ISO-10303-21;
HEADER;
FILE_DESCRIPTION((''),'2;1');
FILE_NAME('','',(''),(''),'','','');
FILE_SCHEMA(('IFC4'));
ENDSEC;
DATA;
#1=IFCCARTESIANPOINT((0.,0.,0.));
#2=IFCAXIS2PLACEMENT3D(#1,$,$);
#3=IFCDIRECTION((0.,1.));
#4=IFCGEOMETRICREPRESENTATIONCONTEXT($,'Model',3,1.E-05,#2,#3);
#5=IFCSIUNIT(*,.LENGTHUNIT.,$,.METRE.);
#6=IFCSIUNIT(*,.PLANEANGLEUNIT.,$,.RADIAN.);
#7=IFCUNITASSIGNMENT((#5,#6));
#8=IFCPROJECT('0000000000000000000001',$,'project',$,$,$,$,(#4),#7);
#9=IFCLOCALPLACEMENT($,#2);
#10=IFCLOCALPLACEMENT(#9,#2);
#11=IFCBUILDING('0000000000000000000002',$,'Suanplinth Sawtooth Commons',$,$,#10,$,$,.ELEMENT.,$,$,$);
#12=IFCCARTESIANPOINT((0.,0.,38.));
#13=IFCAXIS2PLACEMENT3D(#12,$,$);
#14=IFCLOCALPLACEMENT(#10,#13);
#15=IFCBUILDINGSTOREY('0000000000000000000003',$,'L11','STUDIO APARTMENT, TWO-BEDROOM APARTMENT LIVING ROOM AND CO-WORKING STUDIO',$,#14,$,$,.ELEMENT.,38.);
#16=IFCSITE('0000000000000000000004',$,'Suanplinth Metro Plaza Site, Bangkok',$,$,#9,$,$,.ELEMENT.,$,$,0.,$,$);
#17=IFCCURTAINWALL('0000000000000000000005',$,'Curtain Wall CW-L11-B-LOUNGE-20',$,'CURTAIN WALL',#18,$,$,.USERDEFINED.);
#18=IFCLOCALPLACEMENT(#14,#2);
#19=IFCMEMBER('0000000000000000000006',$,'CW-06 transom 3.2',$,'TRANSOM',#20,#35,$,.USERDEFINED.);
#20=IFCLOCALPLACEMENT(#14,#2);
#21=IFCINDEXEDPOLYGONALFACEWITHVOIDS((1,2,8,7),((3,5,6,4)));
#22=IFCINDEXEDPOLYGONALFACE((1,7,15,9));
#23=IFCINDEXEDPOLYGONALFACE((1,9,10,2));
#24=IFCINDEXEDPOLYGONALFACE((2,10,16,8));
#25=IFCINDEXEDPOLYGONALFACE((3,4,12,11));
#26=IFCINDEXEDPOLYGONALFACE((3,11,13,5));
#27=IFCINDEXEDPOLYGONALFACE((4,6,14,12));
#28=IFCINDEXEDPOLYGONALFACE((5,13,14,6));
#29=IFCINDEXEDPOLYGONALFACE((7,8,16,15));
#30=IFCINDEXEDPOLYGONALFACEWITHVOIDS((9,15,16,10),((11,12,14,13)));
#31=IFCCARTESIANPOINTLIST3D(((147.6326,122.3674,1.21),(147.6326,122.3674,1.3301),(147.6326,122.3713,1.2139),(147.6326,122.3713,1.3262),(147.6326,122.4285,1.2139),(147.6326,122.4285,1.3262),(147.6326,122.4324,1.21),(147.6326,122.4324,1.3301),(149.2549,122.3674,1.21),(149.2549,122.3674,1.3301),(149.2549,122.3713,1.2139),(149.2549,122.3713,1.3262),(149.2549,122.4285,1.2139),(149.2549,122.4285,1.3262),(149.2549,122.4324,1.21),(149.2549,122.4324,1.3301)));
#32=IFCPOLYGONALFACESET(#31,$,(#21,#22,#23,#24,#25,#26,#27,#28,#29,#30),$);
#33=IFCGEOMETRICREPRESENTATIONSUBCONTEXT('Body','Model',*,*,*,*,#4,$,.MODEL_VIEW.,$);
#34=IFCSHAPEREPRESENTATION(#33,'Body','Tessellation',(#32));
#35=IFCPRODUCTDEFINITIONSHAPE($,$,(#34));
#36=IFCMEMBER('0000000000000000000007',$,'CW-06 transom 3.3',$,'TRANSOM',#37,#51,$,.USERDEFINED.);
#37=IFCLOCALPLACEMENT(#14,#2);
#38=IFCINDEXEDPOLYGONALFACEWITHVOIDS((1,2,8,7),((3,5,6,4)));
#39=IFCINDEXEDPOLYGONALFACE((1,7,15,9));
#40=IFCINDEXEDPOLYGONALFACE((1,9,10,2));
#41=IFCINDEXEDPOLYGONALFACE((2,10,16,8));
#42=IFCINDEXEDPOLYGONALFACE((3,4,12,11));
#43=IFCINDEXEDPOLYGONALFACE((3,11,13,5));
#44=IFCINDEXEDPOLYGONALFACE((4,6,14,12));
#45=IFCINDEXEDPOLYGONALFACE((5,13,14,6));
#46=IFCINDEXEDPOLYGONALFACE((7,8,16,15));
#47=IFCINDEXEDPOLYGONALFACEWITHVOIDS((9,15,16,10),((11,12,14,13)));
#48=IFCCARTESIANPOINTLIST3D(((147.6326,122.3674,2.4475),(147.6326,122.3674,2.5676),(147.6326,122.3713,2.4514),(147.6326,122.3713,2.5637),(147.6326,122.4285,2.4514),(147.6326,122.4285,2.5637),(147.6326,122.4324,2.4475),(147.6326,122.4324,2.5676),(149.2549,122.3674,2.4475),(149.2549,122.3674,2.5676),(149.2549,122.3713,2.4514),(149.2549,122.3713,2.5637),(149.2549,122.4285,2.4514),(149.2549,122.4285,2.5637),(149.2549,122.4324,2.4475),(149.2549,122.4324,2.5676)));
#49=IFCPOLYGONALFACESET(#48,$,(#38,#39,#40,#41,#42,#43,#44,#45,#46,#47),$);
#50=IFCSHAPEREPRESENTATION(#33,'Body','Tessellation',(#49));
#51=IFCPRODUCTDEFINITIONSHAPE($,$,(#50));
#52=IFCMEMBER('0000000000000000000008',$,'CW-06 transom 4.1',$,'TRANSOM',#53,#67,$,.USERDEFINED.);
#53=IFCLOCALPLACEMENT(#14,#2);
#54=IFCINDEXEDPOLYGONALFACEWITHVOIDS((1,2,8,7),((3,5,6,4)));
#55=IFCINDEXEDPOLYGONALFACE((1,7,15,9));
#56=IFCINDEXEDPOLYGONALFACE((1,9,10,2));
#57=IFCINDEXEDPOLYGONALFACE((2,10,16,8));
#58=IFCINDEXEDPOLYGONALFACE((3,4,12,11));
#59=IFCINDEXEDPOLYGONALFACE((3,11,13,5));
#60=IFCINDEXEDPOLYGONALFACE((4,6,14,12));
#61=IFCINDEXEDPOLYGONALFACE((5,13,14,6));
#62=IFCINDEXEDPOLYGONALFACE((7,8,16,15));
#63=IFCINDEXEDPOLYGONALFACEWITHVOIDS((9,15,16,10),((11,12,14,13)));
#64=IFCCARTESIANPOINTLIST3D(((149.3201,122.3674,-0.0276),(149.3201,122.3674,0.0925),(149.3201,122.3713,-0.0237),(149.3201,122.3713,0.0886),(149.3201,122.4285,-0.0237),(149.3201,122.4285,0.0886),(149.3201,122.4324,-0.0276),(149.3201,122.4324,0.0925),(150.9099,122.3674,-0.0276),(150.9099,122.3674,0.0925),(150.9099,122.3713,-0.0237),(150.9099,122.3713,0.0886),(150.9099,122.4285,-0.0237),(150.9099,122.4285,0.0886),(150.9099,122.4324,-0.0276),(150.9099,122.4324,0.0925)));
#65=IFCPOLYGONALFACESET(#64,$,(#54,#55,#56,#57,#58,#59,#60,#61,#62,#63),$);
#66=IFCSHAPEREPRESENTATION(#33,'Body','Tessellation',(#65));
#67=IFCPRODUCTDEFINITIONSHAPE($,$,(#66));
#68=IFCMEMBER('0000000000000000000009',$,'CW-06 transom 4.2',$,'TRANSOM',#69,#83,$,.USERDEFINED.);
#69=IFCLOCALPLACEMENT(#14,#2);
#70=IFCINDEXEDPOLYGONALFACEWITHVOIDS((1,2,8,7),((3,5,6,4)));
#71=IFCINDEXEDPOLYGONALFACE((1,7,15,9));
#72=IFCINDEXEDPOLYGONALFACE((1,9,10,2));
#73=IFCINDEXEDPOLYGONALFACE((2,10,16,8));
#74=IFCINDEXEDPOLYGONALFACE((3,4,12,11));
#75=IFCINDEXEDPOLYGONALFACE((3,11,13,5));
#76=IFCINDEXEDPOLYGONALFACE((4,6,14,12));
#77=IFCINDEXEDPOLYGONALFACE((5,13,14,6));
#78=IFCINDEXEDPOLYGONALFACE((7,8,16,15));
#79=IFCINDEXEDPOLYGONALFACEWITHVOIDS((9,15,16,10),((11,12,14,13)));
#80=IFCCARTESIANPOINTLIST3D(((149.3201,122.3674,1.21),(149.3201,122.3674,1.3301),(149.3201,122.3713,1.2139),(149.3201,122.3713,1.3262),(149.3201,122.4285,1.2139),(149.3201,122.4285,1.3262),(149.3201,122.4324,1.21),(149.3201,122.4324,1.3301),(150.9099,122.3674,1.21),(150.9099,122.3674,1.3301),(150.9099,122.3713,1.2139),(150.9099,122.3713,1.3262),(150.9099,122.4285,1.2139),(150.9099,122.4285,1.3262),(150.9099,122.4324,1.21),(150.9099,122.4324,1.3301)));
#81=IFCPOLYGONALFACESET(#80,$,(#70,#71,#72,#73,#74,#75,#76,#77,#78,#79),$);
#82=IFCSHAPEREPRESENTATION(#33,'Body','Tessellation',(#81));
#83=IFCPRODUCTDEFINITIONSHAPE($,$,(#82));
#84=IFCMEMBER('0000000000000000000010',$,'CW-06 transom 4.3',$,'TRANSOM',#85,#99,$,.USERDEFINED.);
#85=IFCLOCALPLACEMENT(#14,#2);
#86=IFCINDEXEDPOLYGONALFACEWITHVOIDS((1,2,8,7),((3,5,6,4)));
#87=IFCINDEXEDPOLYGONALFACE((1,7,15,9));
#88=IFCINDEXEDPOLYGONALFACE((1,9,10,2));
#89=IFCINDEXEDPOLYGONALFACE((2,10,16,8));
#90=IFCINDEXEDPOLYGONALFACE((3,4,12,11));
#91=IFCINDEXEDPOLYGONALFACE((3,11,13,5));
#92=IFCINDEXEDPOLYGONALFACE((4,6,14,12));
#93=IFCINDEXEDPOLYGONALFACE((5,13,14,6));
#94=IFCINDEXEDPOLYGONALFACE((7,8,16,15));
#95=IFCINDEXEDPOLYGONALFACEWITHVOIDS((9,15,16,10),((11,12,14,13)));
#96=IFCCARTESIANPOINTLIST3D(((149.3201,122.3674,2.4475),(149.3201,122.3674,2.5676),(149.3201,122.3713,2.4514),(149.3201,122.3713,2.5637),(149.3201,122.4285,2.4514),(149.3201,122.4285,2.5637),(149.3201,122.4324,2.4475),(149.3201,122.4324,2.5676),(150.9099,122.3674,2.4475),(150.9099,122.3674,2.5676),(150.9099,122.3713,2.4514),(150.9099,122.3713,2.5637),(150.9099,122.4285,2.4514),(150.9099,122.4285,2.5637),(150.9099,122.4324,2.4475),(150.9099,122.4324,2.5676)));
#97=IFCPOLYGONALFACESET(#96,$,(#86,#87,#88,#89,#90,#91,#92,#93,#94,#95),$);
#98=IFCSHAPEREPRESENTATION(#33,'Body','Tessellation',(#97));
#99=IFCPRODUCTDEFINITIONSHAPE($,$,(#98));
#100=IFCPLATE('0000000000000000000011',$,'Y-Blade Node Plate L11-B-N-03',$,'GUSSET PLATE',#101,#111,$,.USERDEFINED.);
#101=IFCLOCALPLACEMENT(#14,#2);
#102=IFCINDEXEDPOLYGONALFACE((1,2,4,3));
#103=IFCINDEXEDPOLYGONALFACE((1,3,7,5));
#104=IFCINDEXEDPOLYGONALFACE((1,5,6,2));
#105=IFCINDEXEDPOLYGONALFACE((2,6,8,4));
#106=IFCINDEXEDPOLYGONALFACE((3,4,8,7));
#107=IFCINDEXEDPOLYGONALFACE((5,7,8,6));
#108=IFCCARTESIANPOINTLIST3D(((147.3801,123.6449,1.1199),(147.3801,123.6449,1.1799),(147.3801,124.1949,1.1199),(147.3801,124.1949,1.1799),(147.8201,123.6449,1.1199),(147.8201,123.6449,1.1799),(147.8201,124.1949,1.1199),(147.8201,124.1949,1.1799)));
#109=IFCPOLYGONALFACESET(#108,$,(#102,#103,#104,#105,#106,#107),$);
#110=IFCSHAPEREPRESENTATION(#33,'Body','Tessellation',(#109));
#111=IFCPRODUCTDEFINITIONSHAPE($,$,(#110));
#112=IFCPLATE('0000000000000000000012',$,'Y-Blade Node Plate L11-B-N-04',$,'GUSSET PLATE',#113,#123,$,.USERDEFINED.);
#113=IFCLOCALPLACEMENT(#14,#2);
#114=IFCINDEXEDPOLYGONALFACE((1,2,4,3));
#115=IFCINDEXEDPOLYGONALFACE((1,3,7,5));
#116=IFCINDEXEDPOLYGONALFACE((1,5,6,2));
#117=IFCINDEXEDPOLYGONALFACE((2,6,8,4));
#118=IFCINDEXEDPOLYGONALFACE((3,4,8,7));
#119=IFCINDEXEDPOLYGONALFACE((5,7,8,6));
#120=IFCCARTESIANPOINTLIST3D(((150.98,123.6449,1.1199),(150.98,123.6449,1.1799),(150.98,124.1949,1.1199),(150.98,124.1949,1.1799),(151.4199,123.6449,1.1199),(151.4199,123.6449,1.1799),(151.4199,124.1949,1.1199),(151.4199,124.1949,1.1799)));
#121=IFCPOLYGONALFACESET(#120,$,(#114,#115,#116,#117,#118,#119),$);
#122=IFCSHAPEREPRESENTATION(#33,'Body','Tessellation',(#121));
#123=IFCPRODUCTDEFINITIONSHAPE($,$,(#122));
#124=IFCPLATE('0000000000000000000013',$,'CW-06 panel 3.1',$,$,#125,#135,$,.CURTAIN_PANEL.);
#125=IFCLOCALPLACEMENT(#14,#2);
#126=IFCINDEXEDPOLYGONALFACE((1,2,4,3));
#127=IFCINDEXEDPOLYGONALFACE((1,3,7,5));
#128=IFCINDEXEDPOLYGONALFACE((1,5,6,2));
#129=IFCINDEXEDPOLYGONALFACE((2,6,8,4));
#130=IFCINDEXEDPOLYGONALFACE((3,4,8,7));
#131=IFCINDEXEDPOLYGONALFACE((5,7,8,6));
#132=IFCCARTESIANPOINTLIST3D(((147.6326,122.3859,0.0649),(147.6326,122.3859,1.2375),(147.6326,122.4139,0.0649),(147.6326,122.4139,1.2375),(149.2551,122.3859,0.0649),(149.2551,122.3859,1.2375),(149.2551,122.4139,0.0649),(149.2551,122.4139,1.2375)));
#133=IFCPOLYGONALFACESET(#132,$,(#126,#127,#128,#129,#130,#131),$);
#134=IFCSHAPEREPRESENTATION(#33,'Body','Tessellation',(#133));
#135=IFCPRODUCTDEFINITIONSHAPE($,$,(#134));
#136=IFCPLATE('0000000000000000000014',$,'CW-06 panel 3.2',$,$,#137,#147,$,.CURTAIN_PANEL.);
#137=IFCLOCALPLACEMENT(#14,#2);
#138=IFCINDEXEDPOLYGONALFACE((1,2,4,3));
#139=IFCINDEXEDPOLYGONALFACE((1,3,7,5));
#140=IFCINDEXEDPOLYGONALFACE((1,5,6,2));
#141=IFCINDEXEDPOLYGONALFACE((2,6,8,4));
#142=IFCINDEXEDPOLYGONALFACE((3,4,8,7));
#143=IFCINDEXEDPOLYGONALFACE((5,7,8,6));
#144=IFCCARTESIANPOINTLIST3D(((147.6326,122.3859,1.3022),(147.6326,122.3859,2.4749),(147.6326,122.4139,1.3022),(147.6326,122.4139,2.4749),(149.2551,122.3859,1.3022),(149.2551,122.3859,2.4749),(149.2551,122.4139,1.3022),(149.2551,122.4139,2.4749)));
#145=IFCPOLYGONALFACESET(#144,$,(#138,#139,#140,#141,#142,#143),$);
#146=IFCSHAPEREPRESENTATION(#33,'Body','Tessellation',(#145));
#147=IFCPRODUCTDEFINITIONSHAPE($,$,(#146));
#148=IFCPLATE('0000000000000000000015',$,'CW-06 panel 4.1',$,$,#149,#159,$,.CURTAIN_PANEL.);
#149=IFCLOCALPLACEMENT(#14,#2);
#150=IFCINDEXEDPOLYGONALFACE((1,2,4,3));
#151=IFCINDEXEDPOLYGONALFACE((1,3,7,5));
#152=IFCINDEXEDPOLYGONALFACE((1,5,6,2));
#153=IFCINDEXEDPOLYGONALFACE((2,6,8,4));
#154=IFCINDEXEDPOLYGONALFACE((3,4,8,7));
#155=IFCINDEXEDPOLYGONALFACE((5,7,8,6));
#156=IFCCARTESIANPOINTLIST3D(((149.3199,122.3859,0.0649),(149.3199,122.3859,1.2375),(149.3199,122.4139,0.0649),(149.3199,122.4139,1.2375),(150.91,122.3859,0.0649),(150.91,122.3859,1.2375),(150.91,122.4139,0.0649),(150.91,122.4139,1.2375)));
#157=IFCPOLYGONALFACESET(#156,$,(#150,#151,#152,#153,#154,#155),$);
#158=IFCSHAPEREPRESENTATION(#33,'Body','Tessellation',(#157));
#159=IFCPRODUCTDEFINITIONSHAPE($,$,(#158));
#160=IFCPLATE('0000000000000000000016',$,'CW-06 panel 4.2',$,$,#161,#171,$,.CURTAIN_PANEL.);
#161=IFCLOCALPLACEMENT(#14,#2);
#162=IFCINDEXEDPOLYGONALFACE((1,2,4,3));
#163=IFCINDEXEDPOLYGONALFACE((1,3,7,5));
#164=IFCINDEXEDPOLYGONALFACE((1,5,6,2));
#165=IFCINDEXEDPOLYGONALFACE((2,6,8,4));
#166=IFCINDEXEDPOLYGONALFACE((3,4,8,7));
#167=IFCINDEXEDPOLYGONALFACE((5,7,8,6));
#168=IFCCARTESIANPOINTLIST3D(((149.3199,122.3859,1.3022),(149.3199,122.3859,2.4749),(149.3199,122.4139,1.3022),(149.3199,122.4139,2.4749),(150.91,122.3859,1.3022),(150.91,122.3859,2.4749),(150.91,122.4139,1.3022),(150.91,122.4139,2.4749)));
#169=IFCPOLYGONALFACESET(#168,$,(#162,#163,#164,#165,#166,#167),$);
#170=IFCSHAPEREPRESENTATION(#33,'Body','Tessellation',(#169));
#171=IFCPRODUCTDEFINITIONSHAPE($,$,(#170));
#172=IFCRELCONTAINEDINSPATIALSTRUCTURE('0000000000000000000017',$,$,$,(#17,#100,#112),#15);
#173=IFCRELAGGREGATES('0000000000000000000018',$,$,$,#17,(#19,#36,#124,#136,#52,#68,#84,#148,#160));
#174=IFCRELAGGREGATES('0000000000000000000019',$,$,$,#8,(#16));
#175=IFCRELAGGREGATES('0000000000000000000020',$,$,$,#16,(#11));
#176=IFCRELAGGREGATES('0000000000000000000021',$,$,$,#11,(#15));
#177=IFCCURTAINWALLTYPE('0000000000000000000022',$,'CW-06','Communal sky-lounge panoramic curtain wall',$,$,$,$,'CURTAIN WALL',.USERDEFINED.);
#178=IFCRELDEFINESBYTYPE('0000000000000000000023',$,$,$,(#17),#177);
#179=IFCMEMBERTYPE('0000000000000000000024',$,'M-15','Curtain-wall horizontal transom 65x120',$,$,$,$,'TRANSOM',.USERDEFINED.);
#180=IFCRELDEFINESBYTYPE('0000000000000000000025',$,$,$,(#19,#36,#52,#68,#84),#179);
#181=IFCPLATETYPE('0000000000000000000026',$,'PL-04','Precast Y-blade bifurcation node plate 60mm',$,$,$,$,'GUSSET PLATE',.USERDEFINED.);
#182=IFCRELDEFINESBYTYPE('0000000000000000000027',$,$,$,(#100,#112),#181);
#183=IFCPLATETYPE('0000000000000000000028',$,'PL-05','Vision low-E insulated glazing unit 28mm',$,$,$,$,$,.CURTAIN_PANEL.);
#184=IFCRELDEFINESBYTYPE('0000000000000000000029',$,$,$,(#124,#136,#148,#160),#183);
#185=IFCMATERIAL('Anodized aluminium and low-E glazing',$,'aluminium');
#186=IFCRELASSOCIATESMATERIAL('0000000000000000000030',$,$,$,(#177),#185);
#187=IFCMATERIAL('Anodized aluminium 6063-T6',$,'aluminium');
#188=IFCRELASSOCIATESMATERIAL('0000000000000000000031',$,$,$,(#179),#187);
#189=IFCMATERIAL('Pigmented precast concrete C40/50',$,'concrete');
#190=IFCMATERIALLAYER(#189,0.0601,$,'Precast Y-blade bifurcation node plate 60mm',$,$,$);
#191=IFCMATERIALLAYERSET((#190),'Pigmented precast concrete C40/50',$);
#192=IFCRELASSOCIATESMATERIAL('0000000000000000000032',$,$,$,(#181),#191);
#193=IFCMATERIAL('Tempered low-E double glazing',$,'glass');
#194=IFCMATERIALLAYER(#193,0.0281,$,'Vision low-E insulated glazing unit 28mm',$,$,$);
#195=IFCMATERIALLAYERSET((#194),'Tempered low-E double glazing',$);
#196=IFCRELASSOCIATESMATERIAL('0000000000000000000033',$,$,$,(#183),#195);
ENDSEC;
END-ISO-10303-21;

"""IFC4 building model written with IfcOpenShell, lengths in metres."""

from ifc_helpers import new_model, si_unit, direction, frame, origin, origin_2d, place, context, subcontext, project, spatial, rectangle, hollow_rectangle, extrude, material, layer, layer_set, material_profile, profile_set, type_object, element, aggregate, save


model = new_model("IFC4")

# Units and contexts
model_context = context("Model", 3, precision=1e-05, world=origin(), true_north=direction((0.0, 1.0)))
body_context = subcontext(model_context, "Body", "Model", "MODEL_VIEW")
ifc_project = project(units=[si_unit("LENGTHUNIT", "METRE"), si_unit("PLANEANGLEUNIT", "RADIAN")], contexts=[model_context])

# Site, building, storey
site_placement = place(None, origin())
site = spatial("IfcSite", under=ifc_project, at=site_placement, Name="Suanplinth Metro Plaza Site, Bangkok", CompositionType="ELEMENT", RefElevation=0.0)
building_placement = place(site_placement, origin())
building = spatial("IfcBuilding", under=site, at=building_placement, Name="Suanplinth Sawtooth Commons", CompositionType="ELEMENT")
storey_placement = place(building_placement, frame((0.0, 0.0, 38.0)))
storey = spatial("IfcBuildingStorey", under=building, at=storey_placement, Name="L11", Description="STUDIO APARTMENT, TWO-BEDROOM APARTMENT LIVING ROOM AND CO-WORKING STUDIO", CompositionType="ELEMENT", Elevation=38.0)

# Shared definitions
ifc_material_1 = material(Name="Pigmented precast concrete C40/50", Category="concrete")

# Curtain wall, members
ifc_material_2 = material(Name="Anodized aluminium and low-E glazing", Category="aluminium")
curtain_wall_type = type_object("IfcCurtainWallType", Name="CW-06", Description="Communal sky-lounge panoramic curtain wall", ElementType="CURTAIN WALL", PredefinedType="USERDEFINED", material=ifc_material_2)
curtain_wall_placement = place(storey_placement, origin())
curtain_wall = element("IfcCurtainWall", 1, at=curtain_wall_placement, inside=storey, type_object=curtain_wall_type, Name="Curtain Wall CW-L11-B-LOUNGE-20", ObjectType="CURTAIN WALL", PredefinedType="USERDEFINED")
ifc_material_3 = material(Name="Anodized aluminium 6063-T6", Category="aluminium")
ifc_material_profile_1 = material_profile(ifc_material_3, hollow_rectangle(XDim=0.0649, YDim=0.1201, WallThickness=0.0039, at=origin_2d()), Name="ALU-TRN 65x120")
ifc_profile_set_1 = profile_set([ifc_material_profile_1], Name="Anodized aluminium 6063-T6")
member_type_1 = type_object("IfcMemberType", Name="M-15", Description="Curtain-wall horizontal transom 65x120", ElementType="TRANSOM", PredefinedType="USERDEFINED", material=ifc_profile_set_1)
member_1_placement = place(storey_placement, frame((147.6326, 122.3999, 1.27), z_axis=(1.0, 0.0, 0.0), x_axis=(0.0, 1.0, 0.0)))
member_1 = element("IfcMember", 2, at=member_1_placement, type_object=member_type_1, Name="CW-06 transom 3.2", ObjectType="TRANSOM", PredefinedType="USERDEFINED", context=body_context, shape_type="SweptSolid", body=[
    extrude(hollow_rectangle(XDim=0.0649, YDim=0.1201, WallThickness=0.0039, at=origin_2d()), origin(), (0.0, 0.0, 1.0), 1.6223),
])
member_2_placement = place(storey_placement, frame((147.6326, 122.3999, 2.5076), z_axis=(1.0, 0.0, 0.0), x_axis=(0.0, 1.0, 0.0)))
member_2 = element("IfcMember", 3, at=member_2_placement, type_object=member_type_1, Name="CW-06 transom 3.3", ObjectType="TRANSOM", PredefinedType="USERDEFINED", context=body_context, shape_type="SweptSolid", body=[
    extrude(hollow_rectangle(XDim=0.0649, YDim=0.1201, WallThickness=0.0039, at=origin_2d()), origin(), (0.0, 0.0, 1.0), 1.6223),
])
member_3_placement = place(storey_placement, frame((149.3201, 122.3999, 0.0325), z_axis=(1.0, 0.0, 0.0), x_axis=(0.0, 1.0, 0.0)))
member_3 = element("IfcMember", 4, at=member_3_placement, type_object=member_type_1, Name="CW-06 transom 4.1", ObjectType="TRANSOM", PredefinedType="USERDEFINED", context=body_context, shape_type="SweptSolid", body=[
    extrude(hollow_rectangle(XDim=0.0649, YDim=0.1201, WallThickness=0.0039, at=origin_2d()), origin(), (0.0, 0.0, 1.0), 1.5898),
])
member_4_placement = place(storey_placement, frame((149.3201, 122.3999, 1.27), z_axis=(1.0, 0.0, 0.0), x_axis=(0.0, 1.0, 0.0)))
member_4 = element("IfcMember", 5, at=member_4_placement, type_object=member_type_1, Name="CW-06 transom 4.2", ObjectType="TRANSOM", PredefinedType="USERDEFINED", context=body_context, shape_type="SweptSolid", body=[
    extrude(hollow_rectangle(XDim=0.0649, YDim=0.1201, WallThickness=0.0039, at=origin_2d()), origin(), (0.0, 0.0, 1.0), 1.5898),
])
member_5_placement = place(storey_placement, frame((149.3201, 122.3999, 2.5076), z_axis=(1.0, 0.0, 0.0), x_axis=(0.0, 1.0, 0.0)))
member_5 = element("IfcMember", 6, at=member_5_placement, type_object=member_type_1, Name="CW-06 transom 4.3", ObjectType="TRANSOM", PredefinedType="USERDEFINED", context=body_context, shape_type="SweptSolid", body=[
    extrude(hollow_rectangle(XDim=0.0649, YDim=0.1201, WallThickness=0.0039, at=origin_2d()), origin(), (0.0, 0.0, 1.0), 1.5898),
])

# Plates
ifc_layer_1 = layer(ifc_material_1, 0.0601, Name="Precast Y-blade bifurcation node plate 60mm")
ifc_layer_set_1 = layer_set([ifc_layer_1], Name="Pigmented precast concrete C40/50")
plate_type_1 = type_object("IfcPlateType", Name="PL-04", Description="Precast Y-blade bifurcation node plate 60mm", ElementType="GUSSET PLATE", PredefinedType="USERDEFINED", material=ifc_layer_set_1)
for number, where, z_axis, x_axis, name in (
    (7, (147.6001, 123.9199, 1.1199), (0.0, 0.0, 1.0), (1.0, 0.0, 0.0), "Y-Blade Node Plate L11-B-N-03"),
    (8, (151.2, 123.9199, 1.1199), (0.0, 0.0, 1.0), (1.0, 0.0, 0.0), "Y-Blade Node Plate L11-B-N-04"),
):
    element("IfcPlate", number, at=place(storey_placement, frame(where, z_axis=z_axis, x_axis=x_axis)), inside=storey, type_object=plate_type_1, Name=name, ObjectType="GUSSET PLATE", PredefinedType="USERDEFINED", context=body_context, shape_type="SweptSolid", body=[
        extrude(rectangle(XDim=0.4399, YDim=0.55, at=origin_2d()), origin(), (0.0, 0.0, 1.0), 0.0601),
    ])

# Plates
ifc_material_4 = material(Name="Tempered low-E double glazing", Category="glass")
ifc_layer_2 = layer(ifc_material_4, 0.0281, Name="Vision low-E insulated glazing unit 28mm")
ifc_layer_set_2 = layer_set([ifc_layer_2], Name="Tempered low-E double glazing")
plate_type_2 = type_object("IfcPlateType", Name="PL-05", Description="Vision low-E insulated glazing unit 28mm", PredefinedType="CURTAIN_PANEL", material=ifc_layer_set_2)
plate_1_placement = place(storey_placement, frame((148.4438, 122.3999, 0.0649), z_axis=(0.0, 0.0, 1.0), x_axis=(1.0, 0.0, 0.0)))
plate_1 = element("IfcPlate", 9, at=plate_1_placement, type_object=plate_type_2, Name="CW-06 panel 3.1", PredefinedType="CURTAIN_PANEL", context=body_context, shape_type="SweptSolid", body=[
    extrude(rectangle(XDim=1.6226, YDim=0.0281, at=origin_2d()), origin(), (0.0, 0.0, 1.0), 1.1726),
])
plate_2_placement = place(storey_placement, frame((148.4438, 122.3999, 1.3022), z_axis=(0.0, 0.0, 1.0), x_axis=(1.0, 0.0, 0.0)))
plate_2 = element("IfcPlate", 10, at=plate_2_placement, type_object=plate_type_2, Name="CW-06 panel 3.2", PredefinedType="CURTAIN_PANEL", context=body_context, shape_type="SweptSolid", body=[
    extrude(rectangle(XDim=1.6226, YDim=0.0281, at=origin_2d()), origin(), (0.0, 0.0, 1.0), 1.1726),
])
plate_3_placement = place(storey_placement, frame((150.115, 122.3999, 0.0649), z_axis=(0.0, 0.0, 1.0), x_axis=(1.0, 0.0, 0.0)))
plate_3 = element("IfcPlate", 11, at=plate_3_placement, type_object=plate_type_2, Name="CW-06 panel 4.1", PredefinedType="CURTAIN_PANEL", context=body_context, shape_type="SweptSolid", body=[
    extrude(rectangle(XDim=1.5901, YDim=0.0281, at=origin_2d()), origin(), (0.0, 0.0, 1.0), 1.1726),
])
plate_4_placement = place(storey_placement, frame((150.115, 122.3999, 1.3022), z_axis=(0.0, 0.0, 1.0), x_axis=(1.0, 0.0, 0.0)))
plate_4 = element("IfcPlate", 12, at=plate_4_placement, type_object=plate_type_2, Name="CW-06 panel 4.2", PredefinedType="CURTAIN_PANEL", context=body_context, shape_type="SweptSolid", body=[
    extrude(rectangle(XDim=1.5901, YDim=0.0281, at=origin_2d()), origin(), (0.0, 0.0, 1.0), 1.1726),
])
aggregate(curtain_wall, [member_1, member_2, plate_1, plate_2, member_3, member_4, member_5, plate_3, plate_4])

save(model, "model.ifc")
